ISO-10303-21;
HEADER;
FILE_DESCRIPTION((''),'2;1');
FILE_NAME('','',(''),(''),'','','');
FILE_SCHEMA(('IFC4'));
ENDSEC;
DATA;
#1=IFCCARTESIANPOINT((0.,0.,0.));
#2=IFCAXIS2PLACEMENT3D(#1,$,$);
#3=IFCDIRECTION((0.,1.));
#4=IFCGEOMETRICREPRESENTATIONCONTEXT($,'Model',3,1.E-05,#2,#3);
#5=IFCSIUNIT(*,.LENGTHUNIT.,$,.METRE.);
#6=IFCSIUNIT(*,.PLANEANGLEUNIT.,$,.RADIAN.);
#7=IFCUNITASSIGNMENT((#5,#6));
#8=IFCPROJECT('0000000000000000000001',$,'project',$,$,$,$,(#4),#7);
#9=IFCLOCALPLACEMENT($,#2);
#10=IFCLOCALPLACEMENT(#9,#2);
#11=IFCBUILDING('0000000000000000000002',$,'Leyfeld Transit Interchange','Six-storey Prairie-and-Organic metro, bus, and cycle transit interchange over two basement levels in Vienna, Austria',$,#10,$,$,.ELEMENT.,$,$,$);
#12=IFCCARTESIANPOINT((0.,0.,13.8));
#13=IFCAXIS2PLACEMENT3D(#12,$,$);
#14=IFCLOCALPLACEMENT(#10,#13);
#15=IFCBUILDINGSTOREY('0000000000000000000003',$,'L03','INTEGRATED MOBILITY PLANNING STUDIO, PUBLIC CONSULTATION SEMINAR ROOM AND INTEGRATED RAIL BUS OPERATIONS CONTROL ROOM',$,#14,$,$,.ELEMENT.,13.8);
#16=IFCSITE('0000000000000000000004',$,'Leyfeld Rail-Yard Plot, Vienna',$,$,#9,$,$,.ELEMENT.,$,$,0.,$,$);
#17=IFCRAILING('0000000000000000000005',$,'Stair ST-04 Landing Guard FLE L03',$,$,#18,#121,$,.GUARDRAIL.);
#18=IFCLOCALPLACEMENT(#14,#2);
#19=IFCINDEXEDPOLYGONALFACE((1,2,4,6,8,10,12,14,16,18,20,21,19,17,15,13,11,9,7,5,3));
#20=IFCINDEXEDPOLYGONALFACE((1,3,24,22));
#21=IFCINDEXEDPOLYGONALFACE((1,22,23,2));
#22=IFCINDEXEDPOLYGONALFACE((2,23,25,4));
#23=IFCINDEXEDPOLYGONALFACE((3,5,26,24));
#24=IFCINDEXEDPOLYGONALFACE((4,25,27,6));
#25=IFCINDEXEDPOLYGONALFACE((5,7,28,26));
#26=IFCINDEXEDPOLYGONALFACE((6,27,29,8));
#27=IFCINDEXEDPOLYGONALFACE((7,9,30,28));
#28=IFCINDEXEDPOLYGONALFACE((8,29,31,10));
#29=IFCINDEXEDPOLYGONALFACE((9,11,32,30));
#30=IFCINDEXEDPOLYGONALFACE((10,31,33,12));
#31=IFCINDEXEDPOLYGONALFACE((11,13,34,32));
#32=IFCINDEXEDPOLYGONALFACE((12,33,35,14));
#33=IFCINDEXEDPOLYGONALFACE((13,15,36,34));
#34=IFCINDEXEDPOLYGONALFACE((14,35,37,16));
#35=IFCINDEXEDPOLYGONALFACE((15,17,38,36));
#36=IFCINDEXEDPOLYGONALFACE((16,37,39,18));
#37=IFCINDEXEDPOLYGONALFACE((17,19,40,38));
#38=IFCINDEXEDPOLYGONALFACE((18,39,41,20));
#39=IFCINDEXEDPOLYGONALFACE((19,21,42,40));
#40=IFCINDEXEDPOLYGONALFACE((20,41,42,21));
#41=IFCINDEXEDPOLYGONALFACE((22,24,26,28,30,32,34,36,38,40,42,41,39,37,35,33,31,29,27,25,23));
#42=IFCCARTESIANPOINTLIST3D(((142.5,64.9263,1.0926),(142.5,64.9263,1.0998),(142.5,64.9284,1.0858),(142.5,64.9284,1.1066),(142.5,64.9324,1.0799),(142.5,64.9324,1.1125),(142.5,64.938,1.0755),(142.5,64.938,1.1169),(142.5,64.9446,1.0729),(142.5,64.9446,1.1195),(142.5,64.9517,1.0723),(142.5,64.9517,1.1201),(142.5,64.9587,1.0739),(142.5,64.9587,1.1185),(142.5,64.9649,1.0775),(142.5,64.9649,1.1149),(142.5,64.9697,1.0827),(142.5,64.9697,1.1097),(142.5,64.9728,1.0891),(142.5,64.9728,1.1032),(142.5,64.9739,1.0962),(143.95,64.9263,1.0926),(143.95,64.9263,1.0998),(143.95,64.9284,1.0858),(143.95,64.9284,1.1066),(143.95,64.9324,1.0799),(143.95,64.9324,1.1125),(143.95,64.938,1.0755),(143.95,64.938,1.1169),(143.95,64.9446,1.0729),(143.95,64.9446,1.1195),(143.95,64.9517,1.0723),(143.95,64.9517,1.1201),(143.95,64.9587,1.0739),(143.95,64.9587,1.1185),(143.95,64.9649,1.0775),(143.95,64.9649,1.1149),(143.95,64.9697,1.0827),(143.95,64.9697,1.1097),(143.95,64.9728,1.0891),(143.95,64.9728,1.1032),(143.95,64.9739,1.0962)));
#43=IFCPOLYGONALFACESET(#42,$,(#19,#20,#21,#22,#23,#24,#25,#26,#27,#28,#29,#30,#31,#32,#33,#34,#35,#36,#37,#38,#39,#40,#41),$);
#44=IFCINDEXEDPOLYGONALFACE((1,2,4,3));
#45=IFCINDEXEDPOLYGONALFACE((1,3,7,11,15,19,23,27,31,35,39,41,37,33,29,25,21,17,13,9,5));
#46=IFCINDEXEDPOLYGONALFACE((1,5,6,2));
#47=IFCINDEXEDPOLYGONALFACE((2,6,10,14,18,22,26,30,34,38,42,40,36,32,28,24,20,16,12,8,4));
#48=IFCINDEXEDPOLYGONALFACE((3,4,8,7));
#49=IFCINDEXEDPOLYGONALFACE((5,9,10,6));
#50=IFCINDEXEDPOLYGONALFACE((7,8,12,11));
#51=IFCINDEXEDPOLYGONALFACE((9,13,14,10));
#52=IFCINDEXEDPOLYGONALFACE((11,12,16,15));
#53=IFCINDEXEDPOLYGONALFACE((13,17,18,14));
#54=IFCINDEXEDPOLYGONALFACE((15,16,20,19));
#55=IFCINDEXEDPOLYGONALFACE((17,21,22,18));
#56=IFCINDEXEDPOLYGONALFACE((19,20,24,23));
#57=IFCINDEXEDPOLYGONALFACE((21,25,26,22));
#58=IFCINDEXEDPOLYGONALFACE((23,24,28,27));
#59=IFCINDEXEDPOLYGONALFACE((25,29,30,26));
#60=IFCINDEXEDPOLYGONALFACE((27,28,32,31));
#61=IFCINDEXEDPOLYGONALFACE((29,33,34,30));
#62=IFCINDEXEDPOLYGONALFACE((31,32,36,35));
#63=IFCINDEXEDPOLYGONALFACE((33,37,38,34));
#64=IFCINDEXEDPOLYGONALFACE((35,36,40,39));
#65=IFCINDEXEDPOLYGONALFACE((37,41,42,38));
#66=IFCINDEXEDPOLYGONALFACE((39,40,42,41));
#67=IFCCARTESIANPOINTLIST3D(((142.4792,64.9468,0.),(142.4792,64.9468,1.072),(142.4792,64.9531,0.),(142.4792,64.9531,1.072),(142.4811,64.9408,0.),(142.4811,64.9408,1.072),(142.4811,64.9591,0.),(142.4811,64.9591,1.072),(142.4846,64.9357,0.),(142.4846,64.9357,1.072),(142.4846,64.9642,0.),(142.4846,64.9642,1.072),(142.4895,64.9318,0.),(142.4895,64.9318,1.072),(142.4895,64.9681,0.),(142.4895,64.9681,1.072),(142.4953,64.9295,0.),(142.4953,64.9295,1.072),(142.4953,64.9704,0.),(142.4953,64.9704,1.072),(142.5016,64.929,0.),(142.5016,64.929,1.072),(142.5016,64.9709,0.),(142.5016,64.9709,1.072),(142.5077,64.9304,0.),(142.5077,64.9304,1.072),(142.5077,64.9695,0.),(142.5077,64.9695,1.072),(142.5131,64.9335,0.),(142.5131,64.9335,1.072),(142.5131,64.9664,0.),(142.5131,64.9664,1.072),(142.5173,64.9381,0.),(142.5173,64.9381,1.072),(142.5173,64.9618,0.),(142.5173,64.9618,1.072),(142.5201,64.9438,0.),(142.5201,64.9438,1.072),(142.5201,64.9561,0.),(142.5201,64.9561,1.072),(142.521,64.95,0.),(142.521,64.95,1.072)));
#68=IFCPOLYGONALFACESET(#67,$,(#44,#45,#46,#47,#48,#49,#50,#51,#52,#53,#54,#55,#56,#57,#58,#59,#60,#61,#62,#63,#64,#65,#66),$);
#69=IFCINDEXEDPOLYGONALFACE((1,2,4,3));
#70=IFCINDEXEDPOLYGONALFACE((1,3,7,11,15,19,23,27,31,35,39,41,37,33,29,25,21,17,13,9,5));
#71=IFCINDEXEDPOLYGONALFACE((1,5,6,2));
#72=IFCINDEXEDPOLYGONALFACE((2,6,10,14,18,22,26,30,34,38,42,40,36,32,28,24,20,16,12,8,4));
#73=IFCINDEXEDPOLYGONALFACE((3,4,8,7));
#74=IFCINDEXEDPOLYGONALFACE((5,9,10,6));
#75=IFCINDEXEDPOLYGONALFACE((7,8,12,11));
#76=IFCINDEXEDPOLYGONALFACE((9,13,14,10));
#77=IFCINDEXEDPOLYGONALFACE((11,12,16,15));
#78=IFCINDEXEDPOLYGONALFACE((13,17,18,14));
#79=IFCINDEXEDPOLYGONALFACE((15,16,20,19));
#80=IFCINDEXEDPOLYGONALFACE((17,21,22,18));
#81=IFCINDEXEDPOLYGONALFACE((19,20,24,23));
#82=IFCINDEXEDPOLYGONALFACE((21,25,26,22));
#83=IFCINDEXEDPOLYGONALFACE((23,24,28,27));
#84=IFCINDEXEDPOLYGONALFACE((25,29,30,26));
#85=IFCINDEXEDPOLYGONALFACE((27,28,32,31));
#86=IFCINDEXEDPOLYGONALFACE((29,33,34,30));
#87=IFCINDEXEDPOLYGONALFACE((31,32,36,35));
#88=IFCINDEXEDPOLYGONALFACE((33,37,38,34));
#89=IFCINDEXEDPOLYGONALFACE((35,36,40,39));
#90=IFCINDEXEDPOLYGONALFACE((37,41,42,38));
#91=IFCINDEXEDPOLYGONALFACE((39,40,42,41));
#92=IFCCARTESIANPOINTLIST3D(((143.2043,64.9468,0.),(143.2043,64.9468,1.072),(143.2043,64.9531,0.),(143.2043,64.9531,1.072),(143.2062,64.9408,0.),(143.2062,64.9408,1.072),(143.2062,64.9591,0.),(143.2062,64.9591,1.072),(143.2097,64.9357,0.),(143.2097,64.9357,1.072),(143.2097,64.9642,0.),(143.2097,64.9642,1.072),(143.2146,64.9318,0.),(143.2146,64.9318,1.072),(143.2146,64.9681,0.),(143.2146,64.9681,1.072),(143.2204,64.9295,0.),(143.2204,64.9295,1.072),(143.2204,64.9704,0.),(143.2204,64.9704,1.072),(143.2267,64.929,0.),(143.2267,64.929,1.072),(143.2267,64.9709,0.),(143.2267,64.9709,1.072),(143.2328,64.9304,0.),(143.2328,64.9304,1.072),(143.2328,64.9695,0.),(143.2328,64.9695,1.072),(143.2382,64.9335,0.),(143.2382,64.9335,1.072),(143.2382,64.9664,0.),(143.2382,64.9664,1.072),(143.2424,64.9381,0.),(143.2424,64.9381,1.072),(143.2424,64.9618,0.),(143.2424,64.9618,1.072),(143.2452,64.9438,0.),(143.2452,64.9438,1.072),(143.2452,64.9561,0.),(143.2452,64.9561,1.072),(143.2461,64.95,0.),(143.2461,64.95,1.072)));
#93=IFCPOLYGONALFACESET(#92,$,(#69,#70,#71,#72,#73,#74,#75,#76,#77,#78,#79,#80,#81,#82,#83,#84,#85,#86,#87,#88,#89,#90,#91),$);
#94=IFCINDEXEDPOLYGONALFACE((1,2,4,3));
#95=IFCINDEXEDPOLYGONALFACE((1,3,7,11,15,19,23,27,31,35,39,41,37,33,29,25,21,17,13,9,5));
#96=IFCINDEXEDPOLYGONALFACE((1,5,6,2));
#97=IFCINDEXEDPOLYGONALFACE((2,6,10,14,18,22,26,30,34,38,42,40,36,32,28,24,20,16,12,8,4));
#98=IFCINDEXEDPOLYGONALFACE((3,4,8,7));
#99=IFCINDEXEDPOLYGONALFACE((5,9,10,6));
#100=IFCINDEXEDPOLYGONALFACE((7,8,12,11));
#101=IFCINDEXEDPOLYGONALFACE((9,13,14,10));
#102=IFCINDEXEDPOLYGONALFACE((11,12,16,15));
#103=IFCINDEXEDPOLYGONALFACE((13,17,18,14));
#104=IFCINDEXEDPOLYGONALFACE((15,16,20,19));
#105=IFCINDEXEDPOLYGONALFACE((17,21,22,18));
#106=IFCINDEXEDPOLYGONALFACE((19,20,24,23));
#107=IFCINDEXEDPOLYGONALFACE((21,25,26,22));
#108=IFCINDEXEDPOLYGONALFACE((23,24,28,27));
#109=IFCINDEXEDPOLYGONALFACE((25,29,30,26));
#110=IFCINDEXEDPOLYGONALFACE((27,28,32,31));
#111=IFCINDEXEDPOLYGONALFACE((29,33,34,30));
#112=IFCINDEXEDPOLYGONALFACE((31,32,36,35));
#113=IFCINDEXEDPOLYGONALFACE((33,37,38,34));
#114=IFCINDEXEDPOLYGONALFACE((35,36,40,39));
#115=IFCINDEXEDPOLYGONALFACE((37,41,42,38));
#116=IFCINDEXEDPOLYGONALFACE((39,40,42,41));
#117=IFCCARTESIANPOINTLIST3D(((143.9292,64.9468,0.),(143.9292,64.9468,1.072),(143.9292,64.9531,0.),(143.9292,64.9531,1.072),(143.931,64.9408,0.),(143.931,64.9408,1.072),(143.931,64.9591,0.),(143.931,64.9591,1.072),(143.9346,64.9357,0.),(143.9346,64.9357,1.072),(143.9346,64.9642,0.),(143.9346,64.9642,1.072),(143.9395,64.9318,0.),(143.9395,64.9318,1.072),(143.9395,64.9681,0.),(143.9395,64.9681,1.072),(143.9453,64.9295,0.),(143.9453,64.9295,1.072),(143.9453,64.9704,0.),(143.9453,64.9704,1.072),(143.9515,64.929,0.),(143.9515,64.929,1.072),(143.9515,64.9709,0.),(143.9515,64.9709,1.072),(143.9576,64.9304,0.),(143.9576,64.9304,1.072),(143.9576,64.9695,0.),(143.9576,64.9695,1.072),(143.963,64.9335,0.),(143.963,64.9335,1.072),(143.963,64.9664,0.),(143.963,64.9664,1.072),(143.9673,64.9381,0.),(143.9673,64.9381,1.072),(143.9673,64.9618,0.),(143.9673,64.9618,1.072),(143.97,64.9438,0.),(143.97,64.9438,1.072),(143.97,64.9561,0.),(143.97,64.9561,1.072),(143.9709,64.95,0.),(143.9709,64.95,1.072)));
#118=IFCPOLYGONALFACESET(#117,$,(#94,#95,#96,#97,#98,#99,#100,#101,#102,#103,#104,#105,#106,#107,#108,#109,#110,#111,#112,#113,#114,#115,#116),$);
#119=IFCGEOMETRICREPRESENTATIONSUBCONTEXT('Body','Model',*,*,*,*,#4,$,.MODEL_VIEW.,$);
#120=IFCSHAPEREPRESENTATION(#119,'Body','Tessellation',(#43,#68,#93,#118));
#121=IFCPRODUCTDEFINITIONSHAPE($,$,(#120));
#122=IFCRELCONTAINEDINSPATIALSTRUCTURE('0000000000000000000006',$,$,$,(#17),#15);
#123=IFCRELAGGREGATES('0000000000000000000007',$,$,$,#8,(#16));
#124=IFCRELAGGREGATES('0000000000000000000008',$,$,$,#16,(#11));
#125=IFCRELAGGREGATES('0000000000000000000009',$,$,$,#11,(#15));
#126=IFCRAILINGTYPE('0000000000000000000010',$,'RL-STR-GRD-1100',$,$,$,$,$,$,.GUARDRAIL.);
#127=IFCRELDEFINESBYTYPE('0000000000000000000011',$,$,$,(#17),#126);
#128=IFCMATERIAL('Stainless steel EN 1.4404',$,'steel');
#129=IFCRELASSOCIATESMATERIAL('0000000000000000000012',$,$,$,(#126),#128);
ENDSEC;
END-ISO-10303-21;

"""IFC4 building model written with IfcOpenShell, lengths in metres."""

from ifc_helpers import new_model, si_unit, direction, frame, origin, origin_2d, place, context, subcontext, project, spatial, circle, extrude, material, type_object, element, save


model = new_model("IFC4")

# Units and contexts
model_context = context("Model", 3, precision=1e-05, world=origin(), true_north=direction((0.0, 1.0)))
body_context = subcontext(model_context, "Body", "Model", "MODEL_VIEW")
ifc_project = project(units=[si_unit("LENGTHUNIT", "METRE"), si_unit("PLANEANGLEUNIT", "RADIAN")], contexts=[model_context])

# Site, building, storey
site_placement = place(None, origin())
site = spatial("IfcSite", under=ifc_project, at=site_placement, Name="Leyfeld Rail-Yard Plot, Vienna", CompositionType="ELEMENT", RefElevation=0.0)
building_placement = place(site_placement, origin())
building = spatial("IfcBuilding", under=site, at=building_placement, Name="Leyfeld Transit Interchange", Description="Six-storey Prairie-and-Organic metro, bus, and cycle transit interchange over two basement levels in Vienna, Austria", CompositionType="ELEMENT")
storey_placement = place(building_placement, frame((0.0, 0.0, 13.8)))
storey = spatial("IfcBuildingStorey", under=building, at=storey_placement, Name="L03", Description="INTEGRATED MOBILITY PLANNING STUDIO, PUBLIC CONSULTATION SEMINAR ROOM AND INTEGRATED RAIL BUS OPERATIONS CONTROL ROOM", CompositionType="ELEMENT", Elevation=13.8)

# Shared definitions
ifc_material_1 = material(Name="Stainless steel EN 1.4404", Category="steel")

# Railing
railing_type_1 = type_object("IfcRailingType", Name="RL-STR-GRD-1100", PredefinedType="GUARDRAIL", material=ifc_material_1)
railing_1_placement = place(storey_placement, frame((142.5, 64.95, 0.0)))
element("IfcRailing", 1, at=railing_1_placement, inside=storey, type_object=railing_type_1, Name="Stair ST-04 Landing Guard FLE L03", PredefinedType="GUARDRAIL", context=body_context, shape_type="SweptSolid", body=[
    extrude(circle(Radius=0.0239, at=origin_2d()), frame((0.0, 0.0, 1.0962), z_axis=(1.0, 0.0, 0.0), x_axis=(0.0, 1.0, 0.0)), (0.0, 0.0, 1.0), 1.45),
    extrude(circle(Radius=0.021, at=origin_2d()), origin(), (0.0, 0.0, 1.0), 1.072),
    extrude(circle(Radius=0.021, at=origin_2d()), frame((0.7251, 0.0, 0.0)), (0.0, 0.0, 1.0), 1.072),
    extrude(circle(Radius=0.021, at=origin_2d()), frame((1.45, 0.0, 0.0)), (0.0, 0.0, 1.0), 1.072),
])

save(model, "model.ifc")
